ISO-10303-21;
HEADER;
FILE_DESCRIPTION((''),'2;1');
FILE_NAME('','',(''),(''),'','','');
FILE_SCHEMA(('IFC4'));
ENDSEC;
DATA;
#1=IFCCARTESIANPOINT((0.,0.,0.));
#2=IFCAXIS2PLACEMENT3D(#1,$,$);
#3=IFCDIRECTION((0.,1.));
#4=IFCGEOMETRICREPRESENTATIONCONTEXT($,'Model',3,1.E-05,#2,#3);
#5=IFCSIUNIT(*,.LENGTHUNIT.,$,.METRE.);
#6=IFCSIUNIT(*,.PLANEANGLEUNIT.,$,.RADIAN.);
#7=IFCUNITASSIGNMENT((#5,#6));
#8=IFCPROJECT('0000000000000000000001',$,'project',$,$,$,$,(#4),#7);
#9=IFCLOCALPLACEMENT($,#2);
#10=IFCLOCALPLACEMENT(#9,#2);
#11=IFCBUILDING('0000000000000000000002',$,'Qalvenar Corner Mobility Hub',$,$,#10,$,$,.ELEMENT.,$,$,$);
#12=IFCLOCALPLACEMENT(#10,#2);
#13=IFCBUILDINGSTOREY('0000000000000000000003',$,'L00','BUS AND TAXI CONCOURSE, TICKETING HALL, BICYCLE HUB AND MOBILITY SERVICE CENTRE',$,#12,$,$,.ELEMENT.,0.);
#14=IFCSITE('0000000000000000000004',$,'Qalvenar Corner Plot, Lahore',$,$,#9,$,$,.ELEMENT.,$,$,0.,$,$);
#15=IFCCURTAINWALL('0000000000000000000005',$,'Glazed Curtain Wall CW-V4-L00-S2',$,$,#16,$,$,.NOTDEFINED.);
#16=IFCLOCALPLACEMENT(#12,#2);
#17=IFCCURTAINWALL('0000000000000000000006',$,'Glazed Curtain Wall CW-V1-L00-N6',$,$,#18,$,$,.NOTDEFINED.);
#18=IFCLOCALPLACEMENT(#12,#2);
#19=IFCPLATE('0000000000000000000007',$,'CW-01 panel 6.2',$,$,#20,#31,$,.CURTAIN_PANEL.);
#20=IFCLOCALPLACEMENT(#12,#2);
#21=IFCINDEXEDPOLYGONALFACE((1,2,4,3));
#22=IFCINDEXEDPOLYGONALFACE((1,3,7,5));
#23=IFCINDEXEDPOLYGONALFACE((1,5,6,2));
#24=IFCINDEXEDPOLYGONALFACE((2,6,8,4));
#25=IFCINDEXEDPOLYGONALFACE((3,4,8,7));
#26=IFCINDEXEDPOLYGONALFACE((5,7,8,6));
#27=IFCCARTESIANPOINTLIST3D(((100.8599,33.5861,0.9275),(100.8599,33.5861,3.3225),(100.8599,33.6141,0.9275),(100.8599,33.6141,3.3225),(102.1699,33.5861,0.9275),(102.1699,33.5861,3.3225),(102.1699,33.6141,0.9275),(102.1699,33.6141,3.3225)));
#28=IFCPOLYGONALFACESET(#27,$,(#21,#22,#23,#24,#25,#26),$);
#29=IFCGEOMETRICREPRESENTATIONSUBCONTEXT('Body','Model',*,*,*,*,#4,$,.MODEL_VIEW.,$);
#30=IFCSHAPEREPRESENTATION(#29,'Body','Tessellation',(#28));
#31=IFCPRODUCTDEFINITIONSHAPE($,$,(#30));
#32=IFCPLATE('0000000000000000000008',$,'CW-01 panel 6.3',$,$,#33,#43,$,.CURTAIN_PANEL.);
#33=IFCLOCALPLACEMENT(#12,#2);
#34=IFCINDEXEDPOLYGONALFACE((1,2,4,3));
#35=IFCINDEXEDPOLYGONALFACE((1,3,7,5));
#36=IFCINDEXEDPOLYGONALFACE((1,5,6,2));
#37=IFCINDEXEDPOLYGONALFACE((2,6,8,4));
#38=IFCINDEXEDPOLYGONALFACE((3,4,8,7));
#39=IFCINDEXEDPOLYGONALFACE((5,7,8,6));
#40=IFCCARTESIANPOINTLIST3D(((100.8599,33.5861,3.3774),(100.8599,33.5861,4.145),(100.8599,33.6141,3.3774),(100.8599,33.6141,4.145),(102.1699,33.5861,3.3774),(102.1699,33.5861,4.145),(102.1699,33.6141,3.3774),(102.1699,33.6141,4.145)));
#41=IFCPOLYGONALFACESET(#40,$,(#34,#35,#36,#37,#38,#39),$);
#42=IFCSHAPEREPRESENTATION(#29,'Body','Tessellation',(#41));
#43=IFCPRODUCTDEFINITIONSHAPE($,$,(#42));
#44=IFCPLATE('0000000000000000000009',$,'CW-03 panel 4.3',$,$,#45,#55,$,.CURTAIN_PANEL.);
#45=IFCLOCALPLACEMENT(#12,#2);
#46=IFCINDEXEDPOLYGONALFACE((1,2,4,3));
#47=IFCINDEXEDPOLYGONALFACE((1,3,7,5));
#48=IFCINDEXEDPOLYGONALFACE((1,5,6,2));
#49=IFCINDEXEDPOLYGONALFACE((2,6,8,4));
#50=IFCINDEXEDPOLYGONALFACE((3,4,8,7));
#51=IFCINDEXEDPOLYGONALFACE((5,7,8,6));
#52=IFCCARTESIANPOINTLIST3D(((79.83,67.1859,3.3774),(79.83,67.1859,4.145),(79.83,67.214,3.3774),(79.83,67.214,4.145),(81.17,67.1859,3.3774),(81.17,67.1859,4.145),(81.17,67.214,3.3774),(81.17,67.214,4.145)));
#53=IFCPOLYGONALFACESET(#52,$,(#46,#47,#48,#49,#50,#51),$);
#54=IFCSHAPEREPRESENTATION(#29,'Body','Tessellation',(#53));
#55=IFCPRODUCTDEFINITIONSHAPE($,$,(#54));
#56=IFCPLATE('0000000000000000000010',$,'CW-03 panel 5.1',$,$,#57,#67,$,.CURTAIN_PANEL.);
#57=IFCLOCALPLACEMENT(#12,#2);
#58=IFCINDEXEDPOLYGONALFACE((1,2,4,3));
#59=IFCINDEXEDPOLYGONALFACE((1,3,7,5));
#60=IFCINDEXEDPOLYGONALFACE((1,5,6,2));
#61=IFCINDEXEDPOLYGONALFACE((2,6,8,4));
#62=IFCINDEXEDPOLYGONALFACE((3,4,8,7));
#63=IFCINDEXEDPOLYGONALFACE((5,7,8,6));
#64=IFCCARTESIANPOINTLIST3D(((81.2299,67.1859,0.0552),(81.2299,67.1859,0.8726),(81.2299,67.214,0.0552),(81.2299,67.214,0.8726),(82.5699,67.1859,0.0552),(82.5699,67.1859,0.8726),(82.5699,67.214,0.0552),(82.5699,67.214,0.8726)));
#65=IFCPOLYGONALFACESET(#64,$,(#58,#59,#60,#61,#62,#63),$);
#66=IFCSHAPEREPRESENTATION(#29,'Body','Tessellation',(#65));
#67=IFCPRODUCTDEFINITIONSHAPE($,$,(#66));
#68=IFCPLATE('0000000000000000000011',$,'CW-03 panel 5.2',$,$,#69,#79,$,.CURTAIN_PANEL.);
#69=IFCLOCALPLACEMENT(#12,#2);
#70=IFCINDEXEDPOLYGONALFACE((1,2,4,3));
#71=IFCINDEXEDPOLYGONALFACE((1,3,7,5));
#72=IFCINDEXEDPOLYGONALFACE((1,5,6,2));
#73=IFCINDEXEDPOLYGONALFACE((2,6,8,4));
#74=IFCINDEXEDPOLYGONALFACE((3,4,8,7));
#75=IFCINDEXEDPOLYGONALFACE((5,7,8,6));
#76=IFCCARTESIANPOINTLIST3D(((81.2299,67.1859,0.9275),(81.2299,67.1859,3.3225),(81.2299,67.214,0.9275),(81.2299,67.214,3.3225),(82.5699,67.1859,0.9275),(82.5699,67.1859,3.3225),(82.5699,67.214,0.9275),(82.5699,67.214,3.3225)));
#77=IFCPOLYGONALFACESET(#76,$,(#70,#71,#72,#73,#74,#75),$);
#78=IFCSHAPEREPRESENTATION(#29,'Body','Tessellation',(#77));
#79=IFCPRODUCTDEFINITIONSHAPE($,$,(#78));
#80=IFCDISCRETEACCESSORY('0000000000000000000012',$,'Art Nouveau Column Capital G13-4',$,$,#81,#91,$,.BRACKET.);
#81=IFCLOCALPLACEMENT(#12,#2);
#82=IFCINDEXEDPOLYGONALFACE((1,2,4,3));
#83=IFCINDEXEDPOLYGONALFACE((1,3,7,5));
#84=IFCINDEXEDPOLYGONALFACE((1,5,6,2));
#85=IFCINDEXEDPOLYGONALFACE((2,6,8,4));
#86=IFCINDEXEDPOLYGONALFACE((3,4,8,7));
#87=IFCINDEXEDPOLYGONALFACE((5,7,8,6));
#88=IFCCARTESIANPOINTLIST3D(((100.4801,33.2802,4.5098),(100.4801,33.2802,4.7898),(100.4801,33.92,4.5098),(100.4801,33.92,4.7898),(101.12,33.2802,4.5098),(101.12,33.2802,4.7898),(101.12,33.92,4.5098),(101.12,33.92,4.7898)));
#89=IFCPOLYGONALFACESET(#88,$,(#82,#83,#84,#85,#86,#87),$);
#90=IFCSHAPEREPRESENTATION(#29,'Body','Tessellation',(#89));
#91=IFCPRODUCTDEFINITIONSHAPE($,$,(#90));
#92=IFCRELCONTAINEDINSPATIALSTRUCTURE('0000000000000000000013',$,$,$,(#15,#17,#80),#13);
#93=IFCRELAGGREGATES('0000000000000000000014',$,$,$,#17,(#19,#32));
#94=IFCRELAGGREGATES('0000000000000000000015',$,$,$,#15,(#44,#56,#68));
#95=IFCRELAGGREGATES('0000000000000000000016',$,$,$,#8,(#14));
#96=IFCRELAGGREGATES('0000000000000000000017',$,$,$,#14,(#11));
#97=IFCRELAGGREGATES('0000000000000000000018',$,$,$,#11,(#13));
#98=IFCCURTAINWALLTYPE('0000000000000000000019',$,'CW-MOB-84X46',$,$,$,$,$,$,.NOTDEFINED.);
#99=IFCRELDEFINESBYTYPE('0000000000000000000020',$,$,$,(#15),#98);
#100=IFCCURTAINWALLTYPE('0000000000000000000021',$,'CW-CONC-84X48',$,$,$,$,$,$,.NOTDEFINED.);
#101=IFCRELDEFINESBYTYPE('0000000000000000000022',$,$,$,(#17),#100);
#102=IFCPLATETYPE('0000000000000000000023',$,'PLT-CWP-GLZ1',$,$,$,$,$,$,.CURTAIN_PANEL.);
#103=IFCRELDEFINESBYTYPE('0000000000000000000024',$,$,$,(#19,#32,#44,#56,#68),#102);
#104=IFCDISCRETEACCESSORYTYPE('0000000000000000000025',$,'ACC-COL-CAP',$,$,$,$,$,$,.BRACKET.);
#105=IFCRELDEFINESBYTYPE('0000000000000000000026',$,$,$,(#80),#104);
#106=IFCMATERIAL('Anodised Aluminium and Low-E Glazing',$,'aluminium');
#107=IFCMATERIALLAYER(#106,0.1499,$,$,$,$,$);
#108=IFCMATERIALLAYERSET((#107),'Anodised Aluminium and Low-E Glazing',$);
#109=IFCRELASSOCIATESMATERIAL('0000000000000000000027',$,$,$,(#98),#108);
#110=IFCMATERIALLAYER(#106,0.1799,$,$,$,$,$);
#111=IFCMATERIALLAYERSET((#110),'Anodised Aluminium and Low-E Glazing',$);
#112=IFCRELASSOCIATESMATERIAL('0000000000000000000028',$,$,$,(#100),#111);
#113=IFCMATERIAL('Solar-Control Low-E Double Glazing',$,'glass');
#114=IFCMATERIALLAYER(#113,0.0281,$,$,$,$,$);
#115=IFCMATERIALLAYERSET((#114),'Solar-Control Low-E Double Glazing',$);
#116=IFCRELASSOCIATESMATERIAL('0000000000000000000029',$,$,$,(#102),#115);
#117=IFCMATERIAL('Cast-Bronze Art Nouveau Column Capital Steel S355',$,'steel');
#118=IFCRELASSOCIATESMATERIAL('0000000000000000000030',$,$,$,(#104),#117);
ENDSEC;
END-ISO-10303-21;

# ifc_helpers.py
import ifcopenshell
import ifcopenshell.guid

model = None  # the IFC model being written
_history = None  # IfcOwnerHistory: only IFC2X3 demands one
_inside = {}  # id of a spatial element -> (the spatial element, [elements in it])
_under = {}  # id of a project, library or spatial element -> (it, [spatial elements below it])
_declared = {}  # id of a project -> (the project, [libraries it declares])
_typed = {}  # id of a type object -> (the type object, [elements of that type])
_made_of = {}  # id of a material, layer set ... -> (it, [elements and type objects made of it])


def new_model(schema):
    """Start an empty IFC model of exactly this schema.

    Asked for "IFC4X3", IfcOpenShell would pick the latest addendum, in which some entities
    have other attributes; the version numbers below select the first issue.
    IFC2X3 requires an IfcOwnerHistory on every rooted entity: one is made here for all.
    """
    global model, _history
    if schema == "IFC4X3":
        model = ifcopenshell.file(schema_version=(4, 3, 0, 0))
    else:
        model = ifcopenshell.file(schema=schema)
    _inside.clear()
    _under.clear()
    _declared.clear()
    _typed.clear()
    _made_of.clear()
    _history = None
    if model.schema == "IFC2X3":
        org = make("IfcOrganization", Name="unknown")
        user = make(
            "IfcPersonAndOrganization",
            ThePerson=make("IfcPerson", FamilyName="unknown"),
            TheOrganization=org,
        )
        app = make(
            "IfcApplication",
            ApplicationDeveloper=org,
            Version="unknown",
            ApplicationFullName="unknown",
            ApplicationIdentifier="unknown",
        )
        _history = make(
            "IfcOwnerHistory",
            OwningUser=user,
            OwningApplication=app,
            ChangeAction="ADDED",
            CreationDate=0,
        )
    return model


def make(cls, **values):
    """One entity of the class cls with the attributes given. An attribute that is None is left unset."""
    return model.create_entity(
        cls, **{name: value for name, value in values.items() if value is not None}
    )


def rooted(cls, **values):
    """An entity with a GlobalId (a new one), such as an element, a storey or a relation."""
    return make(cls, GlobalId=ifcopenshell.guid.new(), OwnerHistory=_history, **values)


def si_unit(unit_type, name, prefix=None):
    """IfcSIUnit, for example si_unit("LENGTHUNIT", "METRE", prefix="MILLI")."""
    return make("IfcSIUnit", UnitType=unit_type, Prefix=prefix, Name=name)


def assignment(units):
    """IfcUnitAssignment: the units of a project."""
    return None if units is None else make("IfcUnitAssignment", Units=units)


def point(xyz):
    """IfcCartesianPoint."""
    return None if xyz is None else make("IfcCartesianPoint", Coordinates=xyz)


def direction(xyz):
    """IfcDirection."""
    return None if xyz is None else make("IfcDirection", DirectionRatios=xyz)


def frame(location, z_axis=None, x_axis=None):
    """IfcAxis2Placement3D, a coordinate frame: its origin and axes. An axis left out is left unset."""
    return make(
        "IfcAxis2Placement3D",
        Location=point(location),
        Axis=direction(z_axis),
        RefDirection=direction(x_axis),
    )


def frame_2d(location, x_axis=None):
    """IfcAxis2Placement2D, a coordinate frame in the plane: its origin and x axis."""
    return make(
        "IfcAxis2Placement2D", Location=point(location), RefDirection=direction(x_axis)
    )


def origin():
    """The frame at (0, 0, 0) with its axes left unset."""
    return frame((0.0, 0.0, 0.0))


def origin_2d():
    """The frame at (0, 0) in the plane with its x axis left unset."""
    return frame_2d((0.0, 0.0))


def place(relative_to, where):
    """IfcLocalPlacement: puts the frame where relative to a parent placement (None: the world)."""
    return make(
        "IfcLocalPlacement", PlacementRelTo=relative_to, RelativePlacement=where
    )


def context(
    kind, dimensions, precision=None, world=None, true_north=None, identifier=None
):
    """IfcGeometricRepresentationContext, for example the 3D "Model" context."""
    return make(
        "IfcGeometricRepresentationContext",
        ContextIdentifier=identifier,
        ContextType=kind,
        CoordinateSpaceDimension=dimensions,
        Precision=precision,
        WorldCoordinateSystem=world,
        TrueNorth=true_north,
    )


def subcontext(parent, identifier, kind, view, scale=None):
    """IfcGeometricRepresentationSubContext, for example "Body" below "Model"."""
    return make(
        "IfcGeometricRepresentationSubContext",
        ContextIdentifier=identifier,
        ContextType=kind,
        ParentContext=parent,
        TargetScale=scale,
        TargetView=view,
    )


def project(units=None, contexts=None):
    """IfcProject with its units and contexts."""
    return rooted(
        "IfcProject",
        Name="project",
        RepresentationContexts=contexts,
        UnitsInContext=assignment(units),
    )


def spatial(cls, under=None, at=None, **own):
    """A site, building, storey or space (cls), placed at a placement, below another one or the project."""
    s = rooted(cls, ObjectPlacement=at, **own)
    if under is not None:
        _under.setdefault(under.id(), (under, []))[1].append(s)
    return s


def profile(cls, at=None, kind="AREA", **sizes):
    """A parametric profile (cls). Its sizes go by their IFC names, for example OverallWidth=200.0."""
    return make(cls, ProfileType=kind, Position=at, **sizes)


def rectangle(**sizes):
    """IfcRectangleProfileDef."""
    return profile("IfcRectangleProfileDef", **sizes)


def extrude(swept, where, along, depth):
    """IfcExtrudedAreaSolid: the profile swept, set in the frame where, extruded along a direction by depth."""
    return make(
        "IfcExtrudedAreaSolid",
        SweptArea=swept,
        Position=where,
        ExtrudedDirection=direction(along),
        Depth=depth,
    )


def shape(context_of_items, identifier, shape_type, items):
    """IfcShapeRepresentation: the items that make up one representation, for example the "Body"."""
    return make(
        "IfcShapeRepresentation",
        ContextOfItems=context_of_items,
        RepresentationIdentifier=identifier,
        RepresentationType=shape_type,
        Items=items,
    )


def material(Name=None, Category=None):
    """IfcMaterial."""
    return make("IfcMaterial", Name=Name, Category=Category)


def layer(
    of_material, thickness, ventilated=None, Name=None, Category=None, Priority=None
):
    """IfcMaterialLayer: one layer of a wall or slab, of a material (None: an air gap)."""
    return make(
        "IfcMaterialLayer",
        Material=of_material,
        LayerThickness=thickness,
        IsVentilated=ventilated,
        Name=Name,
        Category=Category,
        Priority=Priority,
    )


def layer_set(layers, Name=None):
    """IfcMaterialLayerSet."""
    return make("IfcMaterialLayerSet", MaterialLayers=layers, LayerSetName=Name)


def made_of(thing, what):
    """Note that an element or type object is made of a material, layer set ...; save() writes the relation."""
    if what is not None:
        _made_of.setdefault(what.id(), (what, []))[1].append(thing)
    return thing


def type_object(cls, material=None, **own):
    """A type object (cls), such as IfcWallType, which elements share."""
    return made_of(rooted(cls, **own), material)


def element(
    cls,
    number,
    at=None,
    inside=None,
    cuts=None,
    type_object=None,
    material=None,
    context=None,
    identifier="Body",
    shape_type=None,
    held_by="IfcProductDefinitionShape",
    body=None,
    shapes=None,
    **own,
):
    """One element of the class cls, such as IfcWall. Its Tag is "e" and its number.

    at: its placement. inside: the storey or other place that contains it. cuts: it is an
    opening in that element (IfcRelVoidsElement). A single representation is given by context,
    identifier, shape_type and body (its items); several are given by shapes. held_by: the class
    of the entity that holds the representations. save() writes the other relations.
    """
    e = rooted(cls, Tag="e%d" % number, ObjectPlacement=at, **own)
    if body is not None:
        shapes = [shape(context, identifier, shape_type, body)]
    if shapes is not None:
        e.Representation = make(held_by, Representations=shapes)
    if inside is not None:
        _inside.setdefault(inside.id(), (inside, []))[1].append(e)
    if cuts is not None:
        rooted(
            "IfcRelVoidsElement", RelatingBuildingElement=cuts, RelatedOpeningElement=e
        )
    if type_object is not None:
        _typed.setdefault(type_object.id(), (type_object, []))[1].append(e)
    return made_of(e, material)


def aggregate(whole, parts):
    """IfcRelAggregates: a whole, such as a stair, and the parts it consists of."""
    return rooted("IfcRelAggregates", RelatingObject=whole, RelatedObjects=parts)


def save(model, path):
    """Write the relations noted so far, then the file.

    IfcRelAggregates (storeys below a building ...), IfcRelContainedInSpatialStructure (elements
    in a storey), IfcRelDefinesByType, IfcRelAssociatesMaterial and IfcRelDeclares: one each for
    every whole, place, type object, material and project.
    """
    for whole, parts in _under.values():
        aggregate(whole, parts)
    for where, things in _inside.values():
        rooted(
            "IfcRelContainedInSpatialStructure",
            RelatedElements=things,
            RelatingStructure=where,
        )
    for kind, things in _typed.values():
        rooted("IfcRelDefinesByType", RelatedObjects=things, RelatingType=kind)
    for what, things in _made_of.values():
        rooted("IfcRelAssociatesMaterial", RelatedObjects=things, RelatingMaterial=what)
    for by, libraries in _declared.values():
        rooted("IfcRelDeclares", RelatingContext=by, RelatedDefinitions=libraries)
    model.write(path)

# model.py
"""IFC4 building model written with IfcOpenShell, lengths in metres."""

from ifc_helpers import new_model, si_unit, direction, frame, origin, origin_2d, place, context, subcontext, project, spatial, rectangle, extrude, material, layer, layer_set, type_object, element, aggregate, save


model = new_model("IFC4")

# Units and contexts
model_context = context("Model", 3, precision=1e-05, world=origin(), true_north=direction((0.0, 1.0)))
body_context = subcontext(model_context, "Body", "Model", "MODEL_VIEW")
ifc_project = project(units=[si_unit("LENGTHUNIT", "METRE"), si_unit("PLANEANGLEUNIT", "RADIAN")], contexts=[model_context])

# Site, building, storey
site_placement = place(None, origin())
site = spatial("IfcSite", under=ifc_project, at=site_placement, Name="Qalvenar Corner Plot, Lahore", CompositionType="ELEMENT", RefElevation=0.0)
building_placement = place(site_placement, origin())
building = spatial("IfcBuilding", under=site, at=building_placement, Name="Qalvenar Corner Mobility Hub", CompositionType="ELEMENT")
storey_placement = place(building_placement, origin())
storey = spatial("IfcBuildingStorey", under=building, at=storey_placement, Name="L00", Description="BUS AND TAXI CONCOURSE, TICKETING HALL, BICYCLE HUB AND MOBILITY SERVICE CENTRE", CompositionType="ELEMENT", Elevation=0.0)

# Curtain walls
ifc_material_1 = material(Name="Anodised Aluminium and Low-E Glazing", Category="aluminium")
ifc_layer_1 = layer(ifc_material_1, 0.1499)
ifc_layer_set_1 = layer_set([ifc_layer_1], Name="Anodised Aluminium and Low-E Glazing")
curtain_wall_type_1 = type_object("IfcCurtainWallType", Name="CW-MOB-84X46", PredefinedType="NOTDEFINED", material=ifc_layer_set_1)
curtain_wall_1_placement = place(storey_placement, origin())
curtain_wall_1 = element("IfcCurtainWall", 1, at=curtain_wall_1_placement, inside=storey, type_object=curtain_wall_type_1, Name="Glazed Curtain Wall CW-V4-L00-S2", PredefinedType="NOTDEFINED")
ifc_layer_2 = layer(ifc_material_1, 0.1799)
ifc_layer_set_2 = layer_set([ifc_layer_2], Name="Anodised Aluminium and Low-E Glazing")
curtain_wall_type_2 = type_object("IfcCurtainWallType", Name="CW-CONC-84X48", PredefinedType="NOTDEFINED", material=ifc_layer_set_2)
curtain_wall_2_placement = place(storey_placement, origin())
curtain_wall_2 = element("IfcCurtainWall", 2, at=curtain_wall_2_placement, inside=storey, type_object=curtain_wall_type_2, Name="Glazed Curtain Wall CW-V1-L00-N6", PredefinedType="NOTDEFINED")

# Plates
ifc_material_2 = material(Name="Solar-Control Low-E Double Glazing", Category="glass")
ifc_layer_3 = layer(ifc_material_2, 0.0281)
ifc_layer_set_3 = layer_set([ifc_layer_3], Name="Solar-Control Low-E Double Glazing")
plate_type = type_object("IfcPlateType", Name="PLT-CWP-GLZ1", PredefinedType="CURTAIN_PANEL", material=ifc_layer_set_3)
plate_1_placement = place(storey_placement, frame((101.5149, 33.6001, 0.9275), z_axis=(0.0, 0.0, 1.0), x_axis=(-1.0, 0.0, 0.0)))
plate_1 = element("IfcPlate", 3, at=plate_1_placement, type_object=plate_type, Name="CW-01 panel 6.2", PredefinedType="CURTAIN_PANEL", context=body_context, shape_type="SweptSolid", body=[
    extrude(rectangle(XDim=1.3101, YDim=0.0281, at=origin_2d()), origin(), (0.0, 0.0, 1.0), 2.395),
])
plate_2_placement = place(storey_placement, frame((101.5149, 33.6001, 3.3774), z_axis=(0.0, 0.0, 1.0), x_axis=(-1.0, 0.0, 0.0)))
plate_2 = element("IfcPlate", 4, at=plate_2_placement, type_object=plate_type, Name="CW-01 panel 6.3", PredefinedType="CURTAIN_PANEL", context=body_context, shape_type="SweptSolid", body=[
    extrude(rectangle(XDim=1.3101, YDim=0.0281, at=origin_2d()), origin(), (0.0, 0.0, 1.0), 0.7676),
])
aggregate(curtain_wall_2, [plate_1, plate_2])
plate_3_placement = place(storey_placement, frame((80.5, 67.2, 3.3774), z_axis=(0.0, 0.0, 1.0), x_axis=(1.0, 0.0, 0.0)))
plate_3 = element("IfcPlate", 5, at=plate_3_placement, type_object=plate_type, Name="CW-03 panel 4.3", PredefinedType="CURTAIN_PANEL", context=body_context, shape_type="SweptSolid", body=[
    extrude(rectangle(XDim=1.3401, YDim=0.0281, at=origin_2d()), origin(), (0.0, 0.0, 1.0), 0.7676),
])
plate_4_placement = place(storey_placement, frame((81.8999, 67.2, 0.0552), z_axis=(0.0, 0.0, 1.0), x_axis=(1.0, 0.0, 0.0)))
plate_4 = element("IfcPlate", 6, at=plate_4_placement, type_object=plate_type, Name="CW-03 panel 5.1", PredefinedType="CURTAIN_PANEL", context=body_context, shape_type="SweptSolid", body=[
    extrude(rectangle(XDim=1.3401, YDim=0.0281, at=origin_2d()), origin(), (0.0, 0.0, 1.0), 0.8174),
])
plate_5_placement = place(storey_placement, frame((81.8999, 67.2, 0.9275), z_axis=(0.0, 0.0, 1.0), x_axis=(1.0, 0.0, 0.0)))
plate_5 = element("IfcPlate", 7, at=plate_5_placement, type_object=plate_type, Name="CW-03 panel 5.2", PredefinedType="CURTAIN_PANEL", context=body_context, shape_type="SweptSolid", body=[
    extrude(rectangle(XDim=1.3401, YDim=0.0281, at=origin_2d()), origin(), (0.0, 0.0, 1.0), 2.395),
])
aggregate(curtain_wall_1, [plate_3, plate_4, plate_5])

# Discrete accessory
ifc_material_3 = material(Name="Cast-Bronze Art Nouveau Column Capital Steel S355", Category="steel")
discrete_accessory_type = type_object("IfcDiscreteAccessoryType", Name="ACC-COL-CAP", PredefinedType="BRACKET", material=ifc_material_3)
discrete_accessory_placement = place(storey_placement, frame((100.8, 33.6001, 4.5098), z_axis=(0.0, 0.0, 1.0), x_axis=(1.0, 0.0, 0.0)))
element("IfcDiscreteAccessory", 8, at=discrete_accessory_placement, inside=storey, type_object=discrete_accessory_type, Name="Art Nouveau Column Capital G13-4", PredefinedType="BRACKET", context=body_context, shape_type="SweptSolid", body=[
    extrude(rectangle(XDim=0.6399, YDim=0.6399, at=origin_2d()), origin(), (0.0, 0.0, 1.0), 0.28),
])

save(model, "model.ifc")
